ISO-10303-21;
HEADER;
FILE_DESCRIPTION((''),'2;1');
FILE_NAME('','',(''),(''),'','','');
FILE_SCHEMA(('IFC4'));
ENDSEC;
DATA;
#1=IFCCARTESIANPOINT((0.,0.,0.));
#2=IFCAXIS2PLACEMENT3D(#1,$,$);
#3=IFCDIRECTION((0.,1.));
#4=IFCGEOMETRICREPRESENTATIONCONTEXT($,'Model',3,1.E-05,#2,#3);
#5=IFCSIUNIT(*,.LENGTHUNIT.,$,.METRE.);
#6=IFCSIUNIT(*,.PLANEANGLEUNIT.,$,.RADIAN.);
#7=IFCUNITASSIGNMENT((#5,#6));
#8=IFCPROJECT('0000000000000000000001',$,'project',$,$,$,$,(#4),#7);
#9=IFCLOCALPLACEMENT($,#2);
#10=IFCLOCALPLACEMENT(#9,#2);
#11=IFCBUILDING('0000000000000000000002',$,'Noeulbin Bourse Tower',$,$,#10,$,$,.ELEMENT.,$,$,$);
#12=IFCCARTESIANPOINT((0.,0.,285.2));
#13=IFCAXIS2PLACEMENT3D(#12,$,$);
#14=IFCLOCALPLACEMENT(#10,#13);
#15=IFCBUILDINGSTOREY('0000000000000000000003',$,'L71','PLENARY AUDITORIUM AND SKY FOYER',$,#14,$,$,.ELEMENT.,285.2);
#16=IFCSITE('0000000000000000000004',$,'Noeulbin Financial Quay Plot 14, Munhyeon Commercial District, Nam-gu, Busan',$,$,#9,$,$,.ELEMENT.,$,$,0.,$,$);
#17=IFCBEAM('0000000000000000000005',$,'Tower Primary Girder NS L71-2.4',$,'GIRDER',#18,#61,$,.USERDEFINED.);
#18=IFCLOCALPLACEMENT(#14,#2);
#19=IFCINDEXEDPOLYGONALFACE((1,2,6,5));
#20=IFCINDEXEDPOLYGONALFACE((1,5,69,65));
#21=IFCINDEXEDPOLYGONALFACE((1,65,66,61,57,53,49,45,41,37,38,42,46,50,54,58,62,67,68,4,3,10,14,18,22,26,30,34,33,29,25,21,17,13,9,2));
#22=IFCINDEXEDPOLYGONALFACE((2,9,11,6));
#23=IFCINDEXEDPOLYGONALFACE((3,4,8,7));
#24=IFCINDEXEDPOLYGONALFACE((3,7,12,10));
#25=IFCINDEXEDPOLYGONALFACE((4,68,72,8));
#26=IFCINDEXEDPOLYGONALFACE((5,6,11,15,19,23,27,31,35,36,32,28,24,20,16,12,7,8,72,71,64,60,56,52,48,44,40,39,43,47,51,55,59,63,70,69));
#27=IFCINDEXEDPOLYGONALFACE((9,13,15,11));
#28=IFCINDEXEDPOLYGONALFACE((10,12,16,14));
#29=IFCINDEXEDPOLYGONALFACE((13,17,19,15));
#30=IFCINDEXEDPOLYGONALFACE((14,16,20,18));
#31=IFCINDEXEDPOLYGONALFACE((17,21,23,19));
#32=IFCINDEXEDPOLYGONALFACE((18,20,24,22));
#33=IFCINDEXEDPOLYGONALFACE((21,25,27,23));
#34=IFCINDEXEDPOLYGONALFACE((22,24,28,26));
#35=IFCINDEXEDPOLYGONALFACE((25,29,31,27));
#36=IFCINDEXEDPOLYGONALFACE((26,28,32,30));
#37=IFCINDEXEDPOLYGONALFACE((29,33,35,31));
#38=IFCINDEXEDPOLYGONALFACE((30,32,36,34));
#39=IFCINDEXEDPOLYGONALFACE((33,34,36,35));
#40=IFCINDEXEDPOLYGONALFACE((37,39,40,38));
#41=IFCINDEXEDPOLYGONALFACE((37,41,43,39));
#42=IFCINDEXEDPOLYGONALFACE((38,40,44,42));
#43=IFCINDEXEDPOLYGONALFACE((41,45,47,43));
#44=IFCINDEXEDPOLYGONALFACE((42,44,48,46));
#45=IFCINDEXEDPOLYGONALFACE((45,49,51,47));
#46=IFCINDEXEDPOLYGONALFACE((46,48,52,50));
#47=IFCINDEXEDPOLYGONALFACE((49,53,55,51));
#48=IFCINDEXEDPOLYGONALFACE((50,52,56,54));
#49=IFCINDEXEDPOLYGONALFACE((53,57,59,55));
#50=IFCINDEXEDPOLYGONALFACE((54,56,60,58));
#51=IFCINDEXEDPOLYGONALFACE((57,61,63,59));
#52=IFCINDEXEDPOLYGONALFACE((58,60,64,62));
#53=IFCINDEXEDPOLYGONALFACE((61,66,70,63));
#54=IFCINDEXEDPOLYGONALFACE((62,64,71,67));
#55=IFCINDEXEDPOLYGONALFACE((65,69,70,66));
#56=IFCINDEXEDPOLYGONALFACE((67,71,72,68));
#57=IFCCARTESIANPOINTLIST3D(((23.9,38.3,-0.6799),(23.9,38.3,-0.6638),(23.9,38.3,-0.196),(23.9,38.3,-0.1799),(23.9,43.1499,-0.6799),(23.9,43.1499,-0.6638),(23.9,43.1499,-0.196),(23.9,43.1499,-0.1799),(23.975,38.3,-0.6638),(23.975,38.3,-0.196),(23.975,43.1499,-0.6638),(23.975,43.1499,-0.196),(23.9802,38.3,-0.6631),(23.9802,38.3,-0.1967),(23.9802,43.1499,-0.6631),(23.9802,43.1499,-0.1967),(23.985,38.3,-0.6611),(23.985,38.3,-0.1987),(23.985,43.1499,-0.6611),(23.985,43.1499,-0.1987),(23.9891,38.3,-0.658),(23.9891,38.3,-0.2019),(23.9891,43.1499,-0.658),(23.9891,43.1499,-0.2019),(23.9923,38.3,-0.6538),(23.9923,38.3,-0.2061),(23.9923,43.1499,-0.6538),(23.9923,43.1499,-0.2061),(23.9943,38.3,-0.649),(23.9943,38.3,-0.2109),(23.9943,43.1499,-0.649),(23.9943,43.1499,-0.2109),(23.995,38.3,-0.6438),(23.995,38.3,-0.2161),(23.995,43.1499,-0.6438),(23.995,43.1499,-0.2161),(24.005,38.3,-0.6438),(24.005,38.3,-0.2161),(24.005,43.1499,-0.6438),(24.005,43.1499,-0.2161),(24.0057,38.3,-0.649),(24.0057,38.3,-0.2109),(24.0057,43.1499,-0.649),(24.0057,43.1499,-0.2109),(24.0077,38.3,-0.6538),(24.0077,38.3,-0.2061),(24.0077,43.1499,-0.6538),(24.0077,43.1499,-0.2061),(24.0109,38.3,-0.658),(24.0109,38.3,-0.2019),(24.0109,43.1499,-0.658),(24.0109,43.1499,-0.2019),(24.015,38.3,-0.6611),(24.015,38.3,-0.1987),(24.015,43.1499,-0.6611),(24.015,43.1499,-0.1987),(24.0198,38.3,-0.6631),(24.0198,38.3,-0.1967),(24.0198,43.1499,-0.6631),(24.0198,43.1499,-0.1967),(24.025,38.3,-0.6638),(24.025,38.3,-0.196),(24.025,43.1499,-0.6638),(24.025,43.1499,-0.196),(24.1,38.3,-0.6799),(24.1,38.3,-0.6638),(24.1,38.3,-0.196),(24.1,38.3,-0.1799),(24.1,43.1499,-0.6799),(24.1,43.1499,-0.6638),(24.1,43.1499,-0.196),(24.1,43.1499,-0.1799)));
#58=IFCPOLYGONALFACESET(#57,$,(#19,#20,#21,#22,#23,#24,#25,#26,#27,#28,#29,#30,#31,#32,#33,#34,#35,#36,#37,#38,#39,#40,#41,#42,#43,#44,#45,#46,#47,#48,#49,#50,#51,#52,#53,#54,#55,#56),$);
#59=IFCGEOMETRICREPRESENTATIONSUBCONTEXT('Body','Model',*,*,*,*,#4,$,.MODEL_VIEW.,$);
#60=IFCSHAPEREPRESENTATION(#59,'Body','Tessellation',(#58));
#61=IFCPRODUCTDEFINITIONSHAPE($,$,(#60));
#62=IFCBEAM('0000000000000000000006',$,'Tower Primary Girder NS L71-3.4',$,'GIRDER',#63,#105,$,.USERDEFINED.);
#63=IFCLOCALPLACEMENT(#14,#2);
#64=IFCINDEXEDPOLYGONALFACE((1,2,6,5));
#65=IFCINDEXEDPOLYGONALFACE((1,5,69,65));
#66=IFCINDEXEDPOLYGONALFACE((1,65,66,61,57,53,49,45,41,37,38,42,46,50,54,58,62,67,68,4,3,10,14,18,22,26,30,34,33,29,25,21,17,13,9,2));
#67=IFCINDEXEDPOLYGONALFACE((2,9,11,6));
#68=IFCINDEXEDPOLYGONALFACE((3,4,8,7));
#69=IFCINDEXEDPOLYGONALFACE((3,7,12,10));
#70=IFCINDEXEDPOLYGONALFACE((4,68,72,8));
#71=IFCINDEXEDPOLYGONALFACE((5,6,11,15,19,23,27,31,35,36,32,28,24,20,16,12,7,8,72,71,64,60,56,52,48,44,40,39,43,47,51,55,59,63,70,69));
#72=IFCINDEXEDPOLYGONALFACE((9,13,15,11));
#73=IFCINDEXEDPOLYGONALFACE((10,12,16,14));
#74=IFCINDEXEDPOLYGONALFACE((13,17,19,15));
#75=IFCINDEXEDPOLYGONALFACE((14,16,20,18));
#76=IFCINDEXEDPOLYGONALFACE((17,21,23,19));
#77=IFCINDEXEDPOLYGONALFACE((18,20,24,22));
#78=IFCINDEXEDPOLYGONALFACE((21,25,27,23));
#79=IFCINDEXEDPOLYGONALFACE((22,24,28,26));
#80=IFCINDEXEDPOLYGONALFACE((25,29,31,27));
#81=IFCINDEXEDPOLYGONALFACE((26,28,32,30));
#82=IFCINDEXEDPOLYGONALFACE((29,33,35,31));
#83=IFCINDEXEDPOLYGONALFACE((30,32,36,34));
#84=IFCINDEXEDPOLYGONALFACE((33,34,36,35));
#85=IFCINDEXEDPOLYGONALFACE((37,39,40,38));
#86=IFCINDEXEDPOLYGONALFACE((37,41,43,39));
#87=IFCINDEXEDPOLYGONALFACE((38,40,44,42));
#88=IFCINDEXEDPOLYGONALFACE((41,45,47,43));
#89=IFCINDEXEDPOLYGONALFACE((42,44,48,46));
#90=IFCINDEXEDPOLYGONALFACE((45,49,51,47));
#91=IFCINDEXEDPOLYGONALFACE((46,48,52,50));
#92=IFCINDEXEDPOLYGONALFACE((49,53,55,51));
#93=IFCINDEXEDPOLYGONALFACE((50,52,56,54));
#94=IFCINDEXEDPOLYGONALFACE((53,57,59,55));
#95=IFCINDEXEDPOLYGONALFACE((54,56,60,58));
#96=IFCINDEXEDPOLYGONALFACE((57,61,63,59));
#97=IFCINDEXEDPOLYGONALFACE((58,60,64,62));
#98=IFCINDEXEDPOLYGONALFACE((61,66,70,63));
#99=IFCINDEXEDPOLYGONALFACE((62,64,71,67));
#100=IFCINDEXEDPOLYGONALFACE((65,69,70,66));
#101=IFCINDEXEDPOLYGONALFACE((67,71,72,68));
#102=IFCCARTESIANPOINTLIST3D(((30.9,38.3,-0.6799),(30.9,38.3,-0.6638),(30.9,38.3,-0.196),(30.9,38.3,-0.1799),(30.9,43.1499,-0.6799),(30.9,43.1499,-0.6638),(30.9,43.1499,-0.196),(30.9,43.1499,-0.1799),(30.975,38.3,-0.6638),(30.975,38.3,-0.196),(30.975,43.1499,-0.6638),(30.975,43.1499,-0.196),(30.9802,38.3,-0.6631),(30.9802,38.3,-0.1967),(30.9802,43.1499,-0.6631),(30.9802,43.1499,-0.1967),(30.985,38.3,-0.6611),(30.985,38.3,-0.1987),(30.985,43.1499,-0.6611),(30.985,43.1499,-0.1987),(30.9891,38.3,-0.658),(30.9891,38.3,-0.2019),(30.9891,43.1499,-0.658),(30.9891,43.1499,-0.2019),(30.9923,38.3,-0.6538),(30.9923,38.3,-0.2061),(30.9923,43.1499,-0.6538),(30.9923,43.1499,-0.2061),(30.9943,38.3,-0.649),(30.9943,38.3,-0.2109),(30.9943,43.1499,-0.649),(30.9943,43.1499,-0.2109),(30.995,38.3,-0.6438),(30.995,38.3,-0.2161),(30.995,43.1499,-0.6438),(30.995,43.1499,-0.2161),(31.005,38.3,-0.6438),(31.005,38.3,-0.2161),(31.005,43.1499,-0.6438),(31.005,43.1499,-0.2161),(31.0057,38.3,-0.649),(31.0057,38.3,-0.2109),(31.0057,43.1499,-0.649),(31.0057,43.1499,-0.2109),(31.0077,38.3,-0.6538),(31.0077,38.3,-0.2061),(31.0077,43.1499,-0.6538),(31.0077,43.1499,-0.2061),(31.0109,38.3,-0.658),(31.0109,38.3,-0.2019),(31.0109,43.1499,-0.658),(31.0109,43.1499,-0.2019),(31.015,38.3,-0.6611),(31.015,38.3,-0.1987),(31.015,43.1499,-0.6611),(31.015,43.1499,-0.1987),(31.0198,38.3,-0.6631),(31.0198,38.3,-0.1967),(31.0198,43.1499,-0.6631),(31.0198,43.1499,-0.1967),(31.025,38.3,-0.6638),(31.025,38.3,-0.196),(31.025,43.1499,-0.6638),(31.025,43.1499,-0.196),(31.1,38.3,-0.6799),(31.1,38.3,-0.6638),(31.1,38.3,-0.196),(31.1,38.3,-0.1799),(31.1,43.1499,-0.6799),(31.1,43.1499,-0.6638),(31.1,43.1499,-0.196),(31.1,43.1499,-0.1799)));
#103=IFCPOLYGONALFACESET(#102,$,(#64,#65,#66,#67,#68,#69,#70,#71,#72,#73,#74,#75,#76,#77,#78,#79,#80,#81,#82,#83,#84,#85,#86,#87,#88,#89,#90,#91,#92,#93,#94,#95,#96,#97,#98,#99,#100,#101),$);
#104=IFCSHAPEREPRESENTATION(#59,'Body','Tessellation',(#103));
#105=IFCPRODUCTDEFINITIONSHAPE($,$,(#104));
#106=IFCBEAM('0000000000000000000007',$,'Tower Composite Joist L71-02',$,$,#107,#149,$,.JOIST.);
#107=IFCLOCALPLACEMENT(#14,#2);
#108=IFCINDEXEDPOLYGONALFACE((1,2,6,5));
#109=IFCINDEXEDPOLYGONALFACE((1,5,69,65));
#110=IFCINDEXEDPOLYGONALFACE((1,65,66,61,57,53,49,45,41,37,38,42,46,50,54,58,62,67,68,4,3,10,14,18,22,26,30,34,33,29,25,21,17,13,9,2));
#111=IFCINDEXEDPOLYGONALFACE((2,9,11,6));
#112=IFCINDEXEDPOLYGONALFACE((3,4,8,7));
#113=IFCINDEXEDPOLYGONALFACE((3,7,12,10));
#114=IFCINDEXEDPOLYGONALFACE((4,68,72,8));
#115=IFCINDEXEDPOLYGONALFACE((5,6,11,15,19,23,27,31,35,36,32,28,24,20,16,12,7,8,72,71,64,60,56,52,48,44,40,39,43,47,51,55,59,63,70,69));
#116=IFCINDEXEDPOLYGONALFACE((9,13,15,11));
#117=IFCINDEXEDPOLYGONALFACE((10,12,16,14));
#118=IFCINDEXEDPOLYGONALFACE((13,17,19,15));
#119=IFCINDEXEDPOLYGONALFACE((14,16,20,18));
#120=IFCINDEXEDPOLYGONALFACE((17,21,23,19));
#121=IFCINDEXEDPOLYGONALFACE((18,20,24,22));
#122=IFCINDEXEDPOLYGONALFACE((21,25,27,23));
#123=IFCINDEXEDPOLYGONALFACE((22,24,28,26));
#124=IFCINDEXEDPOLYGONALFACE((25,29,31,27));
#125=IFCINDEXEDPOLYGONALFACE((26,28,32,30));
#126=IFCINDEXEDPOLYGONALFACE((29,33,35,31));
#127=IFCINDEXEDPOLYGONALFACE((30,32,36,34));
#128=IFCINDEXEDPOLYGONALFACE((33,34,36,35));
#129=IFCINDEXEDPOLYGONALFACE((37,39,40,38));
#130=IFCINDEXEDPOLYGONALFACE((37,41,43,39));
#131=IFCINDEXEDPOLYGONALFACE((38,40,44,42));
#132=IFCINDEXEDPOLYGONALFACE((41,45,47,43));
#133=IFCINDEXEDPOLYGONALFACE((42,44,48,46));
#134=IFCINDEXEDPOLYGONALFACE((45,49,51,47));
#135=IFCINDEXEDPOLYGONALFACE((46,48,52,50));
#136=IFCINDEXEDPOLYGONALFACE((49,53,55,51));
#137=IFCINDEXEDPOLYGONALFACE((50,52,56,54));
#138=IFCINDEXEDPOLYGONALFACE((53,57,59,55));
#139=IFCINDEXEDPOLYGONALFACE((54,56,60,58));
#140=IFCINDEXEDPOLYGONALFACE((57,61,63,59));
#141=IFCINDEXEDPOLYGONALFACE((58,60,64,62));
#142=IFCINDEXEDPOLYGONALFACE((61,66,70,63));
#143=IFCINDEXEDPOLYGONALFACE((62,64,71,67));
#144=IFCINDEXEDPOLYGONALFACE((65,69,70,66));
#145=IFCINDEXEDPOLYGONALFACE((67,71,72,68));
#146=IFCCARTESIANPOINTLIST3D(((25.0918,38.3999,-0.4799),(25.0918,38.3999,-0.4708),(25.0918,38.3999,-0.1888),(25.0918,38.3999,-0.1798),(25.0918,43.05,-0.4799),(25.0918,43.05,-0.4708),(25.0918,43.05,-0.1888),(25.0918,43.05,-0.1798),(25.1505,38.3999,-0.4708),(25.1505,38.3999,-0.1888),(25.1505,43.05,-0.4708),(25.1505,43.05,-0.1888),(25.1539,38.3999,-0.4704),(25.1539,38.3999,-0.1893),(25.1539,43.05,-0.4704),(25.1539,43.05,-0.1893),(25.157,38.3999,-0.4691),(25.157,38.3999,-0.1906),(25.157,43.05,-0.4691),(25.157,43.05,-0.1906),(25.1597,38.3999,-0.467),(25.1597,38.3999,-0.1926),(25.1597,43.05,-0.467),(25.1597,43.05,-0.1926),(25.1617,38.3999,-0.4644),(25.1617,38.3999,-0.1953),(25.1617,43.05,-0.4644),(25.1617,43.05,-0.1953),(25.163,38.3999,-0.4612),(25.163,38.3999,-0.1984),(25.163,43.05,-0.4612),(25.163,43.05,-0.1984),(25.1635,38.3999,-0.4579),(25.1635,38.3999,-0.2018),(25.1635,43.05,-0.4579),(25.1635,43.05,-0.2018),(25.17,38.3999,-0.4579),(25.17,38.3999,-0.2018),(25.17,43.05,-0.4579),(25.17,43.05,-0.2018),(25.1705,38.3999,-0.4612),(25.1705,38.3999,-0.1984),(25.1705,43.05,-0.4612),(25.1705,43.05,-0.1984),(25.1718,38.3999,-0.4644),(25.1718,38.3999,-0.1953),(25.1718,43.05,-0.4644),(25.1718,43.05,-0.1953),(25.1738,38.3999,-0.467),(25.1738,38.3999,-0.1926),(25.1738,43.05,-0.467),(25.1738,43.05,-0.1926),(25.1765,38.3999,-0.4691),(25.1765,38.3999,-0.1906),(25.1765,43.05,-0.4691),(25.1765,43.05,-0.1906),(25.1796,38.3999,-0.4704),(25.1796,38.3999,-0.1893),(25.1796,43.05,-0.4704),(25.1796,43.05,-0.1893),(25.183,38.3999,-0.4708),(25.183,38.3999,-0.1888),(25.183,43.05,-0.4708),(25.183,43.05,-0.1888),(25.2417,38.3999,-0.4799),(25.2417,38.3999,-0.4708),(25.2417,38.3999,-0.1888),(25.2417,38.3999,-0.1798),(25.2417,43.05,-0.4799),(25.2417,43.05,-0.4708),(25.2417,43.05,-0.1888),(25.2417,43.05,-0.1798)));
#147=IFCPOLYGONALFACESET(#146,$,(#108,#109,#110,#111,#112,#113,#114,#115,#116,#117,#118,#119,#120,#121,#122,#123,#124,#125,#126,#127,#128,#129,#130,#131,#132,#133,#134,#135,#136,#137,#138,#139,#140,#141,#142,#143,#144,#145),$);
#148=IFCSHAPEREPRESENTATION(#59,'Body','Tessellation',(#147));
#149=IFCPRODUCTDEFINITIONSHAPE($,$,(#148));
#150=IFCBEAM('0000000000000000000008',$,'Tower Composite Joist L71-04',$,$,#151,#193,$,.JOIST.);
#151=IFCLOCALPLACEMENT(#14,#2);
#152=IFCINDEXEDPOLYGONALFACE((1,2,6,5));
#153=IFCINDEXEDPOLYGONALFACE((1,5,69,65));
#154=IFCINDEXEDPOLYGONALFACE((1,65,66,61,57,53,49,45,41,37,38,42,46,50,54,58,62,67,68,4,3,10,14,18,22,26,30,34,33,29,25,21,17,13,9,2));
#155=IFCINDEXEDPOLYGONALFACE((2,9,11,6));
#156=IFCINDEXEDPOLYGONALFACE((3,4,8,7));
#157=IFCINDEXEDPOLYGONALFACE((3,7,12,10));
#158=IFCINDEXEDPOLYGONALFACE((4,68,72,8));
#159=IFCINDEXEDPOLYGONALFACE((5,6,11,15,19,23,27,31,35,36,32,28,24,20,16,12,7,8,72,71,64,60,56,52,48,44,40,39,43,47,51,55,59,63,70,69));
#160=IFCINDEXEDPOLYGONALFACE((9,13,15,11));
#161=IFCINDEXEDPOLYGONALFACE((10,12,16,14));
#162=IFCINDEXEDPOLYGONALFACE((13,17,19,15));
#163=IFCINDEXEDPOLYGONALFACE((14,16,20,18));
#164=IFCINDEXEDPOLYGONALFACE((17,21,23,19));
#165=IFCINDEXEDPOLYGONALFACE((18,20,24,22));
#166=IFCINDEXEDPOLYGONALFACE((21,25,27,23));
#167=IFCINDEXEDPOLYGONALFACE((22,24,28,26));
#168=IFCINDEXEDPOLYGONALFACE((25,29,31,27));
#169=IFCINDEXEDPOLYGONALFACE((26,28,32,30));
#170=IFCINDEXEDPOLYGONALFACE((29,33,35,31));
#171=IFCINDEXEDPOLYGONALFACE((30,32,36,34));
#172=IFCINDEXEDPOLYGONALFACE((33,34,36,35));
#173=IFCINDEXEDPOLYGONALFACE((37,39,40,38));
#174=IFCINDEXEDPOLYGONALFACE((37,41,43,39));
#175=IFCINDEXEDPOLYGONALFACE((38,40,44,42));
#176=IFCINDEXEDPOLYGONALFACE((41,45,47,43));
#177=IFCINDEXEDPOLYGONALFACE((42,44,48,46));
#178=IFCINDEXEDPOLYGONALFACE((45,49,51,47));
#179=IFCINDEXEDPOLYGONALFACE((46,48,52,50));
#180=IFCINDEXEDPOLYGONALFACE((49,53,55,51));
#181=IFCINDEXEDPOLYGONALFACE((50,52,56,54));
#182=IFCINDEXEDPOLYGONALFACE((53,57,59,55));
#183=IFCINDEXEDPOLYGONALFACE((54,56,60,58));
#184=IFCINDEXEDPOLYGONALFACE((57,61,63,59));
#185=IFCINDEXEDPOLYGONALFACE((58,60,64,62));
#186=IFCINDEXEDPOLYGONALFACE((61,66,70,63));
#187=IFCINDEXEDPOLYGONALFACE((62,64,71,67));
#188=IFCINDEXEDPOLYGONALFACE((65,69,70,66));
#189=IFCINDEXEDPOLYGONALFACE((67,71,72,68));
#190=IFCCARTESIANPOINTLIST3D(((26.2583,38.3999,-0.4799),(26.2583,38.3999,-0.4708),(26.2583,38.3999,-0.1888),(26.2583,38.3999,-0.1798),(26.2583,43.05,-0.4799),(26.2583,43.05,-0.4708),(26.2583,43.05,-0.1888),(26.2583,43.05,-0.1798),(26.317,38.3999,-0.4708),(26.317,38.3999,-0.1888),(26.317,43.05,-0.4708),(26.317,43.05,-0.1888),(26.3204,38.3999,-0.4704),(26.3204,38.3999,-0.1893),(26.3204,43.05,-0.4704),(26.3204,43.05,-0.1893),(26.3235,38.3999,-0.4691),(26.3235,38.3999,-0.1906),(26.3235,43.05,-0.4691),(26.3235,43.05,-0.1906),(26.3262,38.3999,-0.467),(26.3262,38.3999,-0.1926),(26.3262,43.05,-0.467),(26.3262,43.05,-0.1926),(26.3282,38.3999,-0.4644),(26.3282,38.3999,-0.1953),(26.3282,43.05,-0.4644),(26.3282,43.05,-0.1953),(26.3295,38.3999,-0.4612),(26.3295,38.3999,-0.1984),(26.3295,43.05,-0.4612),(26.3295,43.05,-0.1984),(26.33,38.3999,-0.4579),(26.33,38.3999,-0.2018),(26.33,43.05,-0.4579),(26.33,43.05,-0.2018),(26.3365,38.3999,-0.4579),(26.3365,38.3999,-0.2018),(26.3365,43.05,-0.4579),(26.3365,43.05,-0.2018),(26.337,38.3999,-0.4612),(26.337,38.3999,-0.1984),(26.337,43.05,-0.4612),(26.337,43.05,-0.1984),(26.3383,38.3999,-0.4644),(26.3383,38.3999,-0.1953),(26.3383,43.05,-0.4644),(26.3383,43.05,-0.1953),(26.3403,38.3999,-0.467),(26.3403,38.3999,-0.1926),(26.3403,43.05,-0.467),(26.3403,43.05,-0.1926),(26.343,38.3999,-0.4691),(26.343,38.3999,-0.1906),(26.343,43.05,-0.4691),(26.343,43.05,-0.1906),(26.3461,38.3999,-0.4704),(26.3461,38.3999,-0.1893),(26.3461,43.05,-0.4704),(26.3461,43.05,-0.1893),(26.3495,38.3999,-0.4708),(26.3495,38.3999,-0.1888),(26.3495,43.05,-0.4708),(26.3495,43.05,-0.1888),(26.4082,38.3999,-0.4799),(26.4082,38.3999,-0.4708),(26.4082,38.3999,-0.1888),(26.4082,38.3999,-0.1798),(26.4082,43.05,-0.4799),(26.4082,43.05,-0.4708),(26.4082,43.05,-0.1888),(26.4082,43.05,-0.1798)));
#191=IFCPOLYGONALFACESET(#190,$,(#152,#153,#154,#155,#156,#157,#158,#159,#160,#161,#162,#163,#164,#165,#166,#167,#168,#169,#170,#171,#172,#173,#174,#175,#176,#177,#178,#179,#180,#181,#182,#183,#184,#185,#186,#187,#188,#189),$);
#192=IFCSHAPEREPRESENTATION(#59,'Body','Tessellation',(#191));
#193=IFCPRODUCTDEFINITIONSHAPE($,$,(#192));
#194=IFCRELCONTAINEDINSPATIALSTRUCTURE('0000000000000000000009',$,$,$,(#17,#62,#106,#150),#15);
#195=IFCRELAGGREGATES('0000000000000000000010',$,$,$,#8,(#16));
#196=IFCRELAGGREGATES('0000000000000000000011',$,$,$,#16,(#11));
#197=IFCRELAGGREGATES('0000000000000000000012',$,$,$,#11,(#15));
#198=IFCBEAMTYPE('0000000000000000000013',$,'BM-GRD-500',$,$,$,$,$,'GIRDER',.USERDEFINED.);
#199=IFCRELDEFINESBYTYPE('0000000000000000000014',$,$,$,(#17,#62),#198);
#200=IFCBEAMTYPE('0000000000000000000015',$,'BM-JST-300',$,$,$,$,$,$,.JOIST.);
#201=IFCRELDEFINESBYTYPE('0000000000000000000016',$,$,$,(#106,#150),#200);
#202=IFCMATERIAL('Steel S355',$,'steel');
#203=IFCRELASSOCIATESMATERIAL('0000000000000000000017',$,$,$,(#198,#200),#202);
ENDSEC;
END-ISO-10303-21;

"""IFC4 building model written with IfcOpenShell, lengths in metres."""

from ifc_helpers import new_model, si_unit, direction, frame, origin, origin_2d, place, context, subcontext, project, spatial, i_section, extrude, material, material_profile, profile_set, type_object, element, save


model = new_model("IFC4")

# Units and contexts
model_context = context("Model", 3, precision=1e-05, world=origin(), true_north=direction((0.0, 1.0)))
body_context = subcontext(model_context, "Body", "Model", "MODEL_VIEW")
ifc_project = project(units=[si_unit("LENGTHUNIT", "METRE"), si_unit("PLANEANGLEUNIT", "RADIAN")], contexts=[model_context])

# Site, building, storey
site_placement = place(None, origin())
site = spatial("IfcSite", under=ifc_project, at=site_placement, Name="Noeulbin Financial Quay Plot 14, Munhyeon Commercial District, Nam-gu, Busan", CompositionType="ELEMENT", RefElevation=0.0)
building_placement = place(site_placement, origin())
building = spatial("IfcBuilding", under=site, at=building_placement, Name="Noeulbin Bourse Tower", CompositionType="ELEMENT")
storey_placement = place(building_placement, frame((0.0, 0.0, 285.2)))
storey = spatial("IfcBuildingStorey", under=building, at=storey_placement, Name="L71", Description="PLENARY AUDITORIUM AND SKY FOYER", CompositionType="ELEMENT", Elevation=285.2)

# Shared definitions
ifc_material_1 = material(Name="Steel S355", Category="steel")

# Beams
ifc_material_profile_1 = material_profile(ifc_material_1, i_section(OverallWidth=0.2, OverallDepth=0.5, WebThickness=0.01, FlangeThickness=0.0161, FilletRadius=0.02, at=origin_2d()), Name="H-500x200x10x16", Category="LoadBearing")
ifc_profile_set_1 = profile_set([ifc_material_profile_1], Name="Steel S355")
beam_type_1 = type_object("IfcBeamType", Name="BM-GRD-500", ElementType="GIRDER", PredefinedType="USERDEFINED", material=ifc_profile_set_1)
for number, where, z_axis, x_axis, name in (
    (1, (24.0, 38.3, -0.4299), (0.0, 1.0, 0.0), (-1.0, 0.0, 0.0), "Tower Primary Girder NS L71-2.4"),
    (2, (31.0, 38.3, -0.4299), (0.0, 1.0, 0.0), (-1.0, 0.0, 0.0), "Tower Primary Girder NS L71-3.4"),
):
    element("IfcBeam", number, at=place(storey_placement, frame(where, z_axis=z_axis, x_axis=x_axis)), inside=storey, type_object=beam_type_1, Name=name, ObjectType="GIRDER", PredefinedType="USERDEFINED", context=body_context, shape_type="SweptSolid", body=[
        extrude(i_section(OverallWidth=0.2, OverallDepth=0.5, WebThickness=0.01, FlangeThickness=0.0161, FilletRadius=0.02, at=origin_2d()), origin(), (0.0, 0.0, 1.0), 4.8499),
    ])
ifc_material_profile_2 = material_profile(ifc_material_1, i_section(OverallWidth=0.1499, OverallDepth=0.3, WebThickness=0.0066, FlangeThickness=0.009, FilletRadius=0.0129, at=origin_2d()), Name="H-300x150x6.5x9", Category="LoadBearing")
ifc_profile_set_2 = profile_set([ifc_material_profile_2], Name="Steel S355")
beam_type_2 = type_object("IfcBeamType", Name="BM-JST-300", PredefinedType="JOIST", material=ifc_profile_set_2)
for number, where, z_axis, x_axis, name in (
    (3, (25.1667, 38.3999, -0.3298), (0.0, 1.0, 0.0), (-1.0, 0.0, 0.0), "Tower Composite Joist L71-02"),
    (4, (26.3333, 38.3999, -0.3298), (0.0, 1.0, 0.0), (-1.0, 0.0, 0.0), "Tower Composite Joist L71-04"),
):
    element("IfcBeam", number, at=place(storey_placement, frame(where, z_axis=z_axis, x_axis=x_axis)), inside=storey, type_object=beam_type_2, Name=name, PredefinedType="JOIST", context=body_context, shape_type="SweptSolid", body=[
        extrude(i_section(OverallWidth=0.1499, OverallDepth=0.3, WebThickness=0.0066, FlangeThickness=0.009, FilletRadius=0.0129, at=origin_2d()), origin(), (0.0, 0.0, 1.0), 4.6501),
    ])

save(model, "model.ifc")
